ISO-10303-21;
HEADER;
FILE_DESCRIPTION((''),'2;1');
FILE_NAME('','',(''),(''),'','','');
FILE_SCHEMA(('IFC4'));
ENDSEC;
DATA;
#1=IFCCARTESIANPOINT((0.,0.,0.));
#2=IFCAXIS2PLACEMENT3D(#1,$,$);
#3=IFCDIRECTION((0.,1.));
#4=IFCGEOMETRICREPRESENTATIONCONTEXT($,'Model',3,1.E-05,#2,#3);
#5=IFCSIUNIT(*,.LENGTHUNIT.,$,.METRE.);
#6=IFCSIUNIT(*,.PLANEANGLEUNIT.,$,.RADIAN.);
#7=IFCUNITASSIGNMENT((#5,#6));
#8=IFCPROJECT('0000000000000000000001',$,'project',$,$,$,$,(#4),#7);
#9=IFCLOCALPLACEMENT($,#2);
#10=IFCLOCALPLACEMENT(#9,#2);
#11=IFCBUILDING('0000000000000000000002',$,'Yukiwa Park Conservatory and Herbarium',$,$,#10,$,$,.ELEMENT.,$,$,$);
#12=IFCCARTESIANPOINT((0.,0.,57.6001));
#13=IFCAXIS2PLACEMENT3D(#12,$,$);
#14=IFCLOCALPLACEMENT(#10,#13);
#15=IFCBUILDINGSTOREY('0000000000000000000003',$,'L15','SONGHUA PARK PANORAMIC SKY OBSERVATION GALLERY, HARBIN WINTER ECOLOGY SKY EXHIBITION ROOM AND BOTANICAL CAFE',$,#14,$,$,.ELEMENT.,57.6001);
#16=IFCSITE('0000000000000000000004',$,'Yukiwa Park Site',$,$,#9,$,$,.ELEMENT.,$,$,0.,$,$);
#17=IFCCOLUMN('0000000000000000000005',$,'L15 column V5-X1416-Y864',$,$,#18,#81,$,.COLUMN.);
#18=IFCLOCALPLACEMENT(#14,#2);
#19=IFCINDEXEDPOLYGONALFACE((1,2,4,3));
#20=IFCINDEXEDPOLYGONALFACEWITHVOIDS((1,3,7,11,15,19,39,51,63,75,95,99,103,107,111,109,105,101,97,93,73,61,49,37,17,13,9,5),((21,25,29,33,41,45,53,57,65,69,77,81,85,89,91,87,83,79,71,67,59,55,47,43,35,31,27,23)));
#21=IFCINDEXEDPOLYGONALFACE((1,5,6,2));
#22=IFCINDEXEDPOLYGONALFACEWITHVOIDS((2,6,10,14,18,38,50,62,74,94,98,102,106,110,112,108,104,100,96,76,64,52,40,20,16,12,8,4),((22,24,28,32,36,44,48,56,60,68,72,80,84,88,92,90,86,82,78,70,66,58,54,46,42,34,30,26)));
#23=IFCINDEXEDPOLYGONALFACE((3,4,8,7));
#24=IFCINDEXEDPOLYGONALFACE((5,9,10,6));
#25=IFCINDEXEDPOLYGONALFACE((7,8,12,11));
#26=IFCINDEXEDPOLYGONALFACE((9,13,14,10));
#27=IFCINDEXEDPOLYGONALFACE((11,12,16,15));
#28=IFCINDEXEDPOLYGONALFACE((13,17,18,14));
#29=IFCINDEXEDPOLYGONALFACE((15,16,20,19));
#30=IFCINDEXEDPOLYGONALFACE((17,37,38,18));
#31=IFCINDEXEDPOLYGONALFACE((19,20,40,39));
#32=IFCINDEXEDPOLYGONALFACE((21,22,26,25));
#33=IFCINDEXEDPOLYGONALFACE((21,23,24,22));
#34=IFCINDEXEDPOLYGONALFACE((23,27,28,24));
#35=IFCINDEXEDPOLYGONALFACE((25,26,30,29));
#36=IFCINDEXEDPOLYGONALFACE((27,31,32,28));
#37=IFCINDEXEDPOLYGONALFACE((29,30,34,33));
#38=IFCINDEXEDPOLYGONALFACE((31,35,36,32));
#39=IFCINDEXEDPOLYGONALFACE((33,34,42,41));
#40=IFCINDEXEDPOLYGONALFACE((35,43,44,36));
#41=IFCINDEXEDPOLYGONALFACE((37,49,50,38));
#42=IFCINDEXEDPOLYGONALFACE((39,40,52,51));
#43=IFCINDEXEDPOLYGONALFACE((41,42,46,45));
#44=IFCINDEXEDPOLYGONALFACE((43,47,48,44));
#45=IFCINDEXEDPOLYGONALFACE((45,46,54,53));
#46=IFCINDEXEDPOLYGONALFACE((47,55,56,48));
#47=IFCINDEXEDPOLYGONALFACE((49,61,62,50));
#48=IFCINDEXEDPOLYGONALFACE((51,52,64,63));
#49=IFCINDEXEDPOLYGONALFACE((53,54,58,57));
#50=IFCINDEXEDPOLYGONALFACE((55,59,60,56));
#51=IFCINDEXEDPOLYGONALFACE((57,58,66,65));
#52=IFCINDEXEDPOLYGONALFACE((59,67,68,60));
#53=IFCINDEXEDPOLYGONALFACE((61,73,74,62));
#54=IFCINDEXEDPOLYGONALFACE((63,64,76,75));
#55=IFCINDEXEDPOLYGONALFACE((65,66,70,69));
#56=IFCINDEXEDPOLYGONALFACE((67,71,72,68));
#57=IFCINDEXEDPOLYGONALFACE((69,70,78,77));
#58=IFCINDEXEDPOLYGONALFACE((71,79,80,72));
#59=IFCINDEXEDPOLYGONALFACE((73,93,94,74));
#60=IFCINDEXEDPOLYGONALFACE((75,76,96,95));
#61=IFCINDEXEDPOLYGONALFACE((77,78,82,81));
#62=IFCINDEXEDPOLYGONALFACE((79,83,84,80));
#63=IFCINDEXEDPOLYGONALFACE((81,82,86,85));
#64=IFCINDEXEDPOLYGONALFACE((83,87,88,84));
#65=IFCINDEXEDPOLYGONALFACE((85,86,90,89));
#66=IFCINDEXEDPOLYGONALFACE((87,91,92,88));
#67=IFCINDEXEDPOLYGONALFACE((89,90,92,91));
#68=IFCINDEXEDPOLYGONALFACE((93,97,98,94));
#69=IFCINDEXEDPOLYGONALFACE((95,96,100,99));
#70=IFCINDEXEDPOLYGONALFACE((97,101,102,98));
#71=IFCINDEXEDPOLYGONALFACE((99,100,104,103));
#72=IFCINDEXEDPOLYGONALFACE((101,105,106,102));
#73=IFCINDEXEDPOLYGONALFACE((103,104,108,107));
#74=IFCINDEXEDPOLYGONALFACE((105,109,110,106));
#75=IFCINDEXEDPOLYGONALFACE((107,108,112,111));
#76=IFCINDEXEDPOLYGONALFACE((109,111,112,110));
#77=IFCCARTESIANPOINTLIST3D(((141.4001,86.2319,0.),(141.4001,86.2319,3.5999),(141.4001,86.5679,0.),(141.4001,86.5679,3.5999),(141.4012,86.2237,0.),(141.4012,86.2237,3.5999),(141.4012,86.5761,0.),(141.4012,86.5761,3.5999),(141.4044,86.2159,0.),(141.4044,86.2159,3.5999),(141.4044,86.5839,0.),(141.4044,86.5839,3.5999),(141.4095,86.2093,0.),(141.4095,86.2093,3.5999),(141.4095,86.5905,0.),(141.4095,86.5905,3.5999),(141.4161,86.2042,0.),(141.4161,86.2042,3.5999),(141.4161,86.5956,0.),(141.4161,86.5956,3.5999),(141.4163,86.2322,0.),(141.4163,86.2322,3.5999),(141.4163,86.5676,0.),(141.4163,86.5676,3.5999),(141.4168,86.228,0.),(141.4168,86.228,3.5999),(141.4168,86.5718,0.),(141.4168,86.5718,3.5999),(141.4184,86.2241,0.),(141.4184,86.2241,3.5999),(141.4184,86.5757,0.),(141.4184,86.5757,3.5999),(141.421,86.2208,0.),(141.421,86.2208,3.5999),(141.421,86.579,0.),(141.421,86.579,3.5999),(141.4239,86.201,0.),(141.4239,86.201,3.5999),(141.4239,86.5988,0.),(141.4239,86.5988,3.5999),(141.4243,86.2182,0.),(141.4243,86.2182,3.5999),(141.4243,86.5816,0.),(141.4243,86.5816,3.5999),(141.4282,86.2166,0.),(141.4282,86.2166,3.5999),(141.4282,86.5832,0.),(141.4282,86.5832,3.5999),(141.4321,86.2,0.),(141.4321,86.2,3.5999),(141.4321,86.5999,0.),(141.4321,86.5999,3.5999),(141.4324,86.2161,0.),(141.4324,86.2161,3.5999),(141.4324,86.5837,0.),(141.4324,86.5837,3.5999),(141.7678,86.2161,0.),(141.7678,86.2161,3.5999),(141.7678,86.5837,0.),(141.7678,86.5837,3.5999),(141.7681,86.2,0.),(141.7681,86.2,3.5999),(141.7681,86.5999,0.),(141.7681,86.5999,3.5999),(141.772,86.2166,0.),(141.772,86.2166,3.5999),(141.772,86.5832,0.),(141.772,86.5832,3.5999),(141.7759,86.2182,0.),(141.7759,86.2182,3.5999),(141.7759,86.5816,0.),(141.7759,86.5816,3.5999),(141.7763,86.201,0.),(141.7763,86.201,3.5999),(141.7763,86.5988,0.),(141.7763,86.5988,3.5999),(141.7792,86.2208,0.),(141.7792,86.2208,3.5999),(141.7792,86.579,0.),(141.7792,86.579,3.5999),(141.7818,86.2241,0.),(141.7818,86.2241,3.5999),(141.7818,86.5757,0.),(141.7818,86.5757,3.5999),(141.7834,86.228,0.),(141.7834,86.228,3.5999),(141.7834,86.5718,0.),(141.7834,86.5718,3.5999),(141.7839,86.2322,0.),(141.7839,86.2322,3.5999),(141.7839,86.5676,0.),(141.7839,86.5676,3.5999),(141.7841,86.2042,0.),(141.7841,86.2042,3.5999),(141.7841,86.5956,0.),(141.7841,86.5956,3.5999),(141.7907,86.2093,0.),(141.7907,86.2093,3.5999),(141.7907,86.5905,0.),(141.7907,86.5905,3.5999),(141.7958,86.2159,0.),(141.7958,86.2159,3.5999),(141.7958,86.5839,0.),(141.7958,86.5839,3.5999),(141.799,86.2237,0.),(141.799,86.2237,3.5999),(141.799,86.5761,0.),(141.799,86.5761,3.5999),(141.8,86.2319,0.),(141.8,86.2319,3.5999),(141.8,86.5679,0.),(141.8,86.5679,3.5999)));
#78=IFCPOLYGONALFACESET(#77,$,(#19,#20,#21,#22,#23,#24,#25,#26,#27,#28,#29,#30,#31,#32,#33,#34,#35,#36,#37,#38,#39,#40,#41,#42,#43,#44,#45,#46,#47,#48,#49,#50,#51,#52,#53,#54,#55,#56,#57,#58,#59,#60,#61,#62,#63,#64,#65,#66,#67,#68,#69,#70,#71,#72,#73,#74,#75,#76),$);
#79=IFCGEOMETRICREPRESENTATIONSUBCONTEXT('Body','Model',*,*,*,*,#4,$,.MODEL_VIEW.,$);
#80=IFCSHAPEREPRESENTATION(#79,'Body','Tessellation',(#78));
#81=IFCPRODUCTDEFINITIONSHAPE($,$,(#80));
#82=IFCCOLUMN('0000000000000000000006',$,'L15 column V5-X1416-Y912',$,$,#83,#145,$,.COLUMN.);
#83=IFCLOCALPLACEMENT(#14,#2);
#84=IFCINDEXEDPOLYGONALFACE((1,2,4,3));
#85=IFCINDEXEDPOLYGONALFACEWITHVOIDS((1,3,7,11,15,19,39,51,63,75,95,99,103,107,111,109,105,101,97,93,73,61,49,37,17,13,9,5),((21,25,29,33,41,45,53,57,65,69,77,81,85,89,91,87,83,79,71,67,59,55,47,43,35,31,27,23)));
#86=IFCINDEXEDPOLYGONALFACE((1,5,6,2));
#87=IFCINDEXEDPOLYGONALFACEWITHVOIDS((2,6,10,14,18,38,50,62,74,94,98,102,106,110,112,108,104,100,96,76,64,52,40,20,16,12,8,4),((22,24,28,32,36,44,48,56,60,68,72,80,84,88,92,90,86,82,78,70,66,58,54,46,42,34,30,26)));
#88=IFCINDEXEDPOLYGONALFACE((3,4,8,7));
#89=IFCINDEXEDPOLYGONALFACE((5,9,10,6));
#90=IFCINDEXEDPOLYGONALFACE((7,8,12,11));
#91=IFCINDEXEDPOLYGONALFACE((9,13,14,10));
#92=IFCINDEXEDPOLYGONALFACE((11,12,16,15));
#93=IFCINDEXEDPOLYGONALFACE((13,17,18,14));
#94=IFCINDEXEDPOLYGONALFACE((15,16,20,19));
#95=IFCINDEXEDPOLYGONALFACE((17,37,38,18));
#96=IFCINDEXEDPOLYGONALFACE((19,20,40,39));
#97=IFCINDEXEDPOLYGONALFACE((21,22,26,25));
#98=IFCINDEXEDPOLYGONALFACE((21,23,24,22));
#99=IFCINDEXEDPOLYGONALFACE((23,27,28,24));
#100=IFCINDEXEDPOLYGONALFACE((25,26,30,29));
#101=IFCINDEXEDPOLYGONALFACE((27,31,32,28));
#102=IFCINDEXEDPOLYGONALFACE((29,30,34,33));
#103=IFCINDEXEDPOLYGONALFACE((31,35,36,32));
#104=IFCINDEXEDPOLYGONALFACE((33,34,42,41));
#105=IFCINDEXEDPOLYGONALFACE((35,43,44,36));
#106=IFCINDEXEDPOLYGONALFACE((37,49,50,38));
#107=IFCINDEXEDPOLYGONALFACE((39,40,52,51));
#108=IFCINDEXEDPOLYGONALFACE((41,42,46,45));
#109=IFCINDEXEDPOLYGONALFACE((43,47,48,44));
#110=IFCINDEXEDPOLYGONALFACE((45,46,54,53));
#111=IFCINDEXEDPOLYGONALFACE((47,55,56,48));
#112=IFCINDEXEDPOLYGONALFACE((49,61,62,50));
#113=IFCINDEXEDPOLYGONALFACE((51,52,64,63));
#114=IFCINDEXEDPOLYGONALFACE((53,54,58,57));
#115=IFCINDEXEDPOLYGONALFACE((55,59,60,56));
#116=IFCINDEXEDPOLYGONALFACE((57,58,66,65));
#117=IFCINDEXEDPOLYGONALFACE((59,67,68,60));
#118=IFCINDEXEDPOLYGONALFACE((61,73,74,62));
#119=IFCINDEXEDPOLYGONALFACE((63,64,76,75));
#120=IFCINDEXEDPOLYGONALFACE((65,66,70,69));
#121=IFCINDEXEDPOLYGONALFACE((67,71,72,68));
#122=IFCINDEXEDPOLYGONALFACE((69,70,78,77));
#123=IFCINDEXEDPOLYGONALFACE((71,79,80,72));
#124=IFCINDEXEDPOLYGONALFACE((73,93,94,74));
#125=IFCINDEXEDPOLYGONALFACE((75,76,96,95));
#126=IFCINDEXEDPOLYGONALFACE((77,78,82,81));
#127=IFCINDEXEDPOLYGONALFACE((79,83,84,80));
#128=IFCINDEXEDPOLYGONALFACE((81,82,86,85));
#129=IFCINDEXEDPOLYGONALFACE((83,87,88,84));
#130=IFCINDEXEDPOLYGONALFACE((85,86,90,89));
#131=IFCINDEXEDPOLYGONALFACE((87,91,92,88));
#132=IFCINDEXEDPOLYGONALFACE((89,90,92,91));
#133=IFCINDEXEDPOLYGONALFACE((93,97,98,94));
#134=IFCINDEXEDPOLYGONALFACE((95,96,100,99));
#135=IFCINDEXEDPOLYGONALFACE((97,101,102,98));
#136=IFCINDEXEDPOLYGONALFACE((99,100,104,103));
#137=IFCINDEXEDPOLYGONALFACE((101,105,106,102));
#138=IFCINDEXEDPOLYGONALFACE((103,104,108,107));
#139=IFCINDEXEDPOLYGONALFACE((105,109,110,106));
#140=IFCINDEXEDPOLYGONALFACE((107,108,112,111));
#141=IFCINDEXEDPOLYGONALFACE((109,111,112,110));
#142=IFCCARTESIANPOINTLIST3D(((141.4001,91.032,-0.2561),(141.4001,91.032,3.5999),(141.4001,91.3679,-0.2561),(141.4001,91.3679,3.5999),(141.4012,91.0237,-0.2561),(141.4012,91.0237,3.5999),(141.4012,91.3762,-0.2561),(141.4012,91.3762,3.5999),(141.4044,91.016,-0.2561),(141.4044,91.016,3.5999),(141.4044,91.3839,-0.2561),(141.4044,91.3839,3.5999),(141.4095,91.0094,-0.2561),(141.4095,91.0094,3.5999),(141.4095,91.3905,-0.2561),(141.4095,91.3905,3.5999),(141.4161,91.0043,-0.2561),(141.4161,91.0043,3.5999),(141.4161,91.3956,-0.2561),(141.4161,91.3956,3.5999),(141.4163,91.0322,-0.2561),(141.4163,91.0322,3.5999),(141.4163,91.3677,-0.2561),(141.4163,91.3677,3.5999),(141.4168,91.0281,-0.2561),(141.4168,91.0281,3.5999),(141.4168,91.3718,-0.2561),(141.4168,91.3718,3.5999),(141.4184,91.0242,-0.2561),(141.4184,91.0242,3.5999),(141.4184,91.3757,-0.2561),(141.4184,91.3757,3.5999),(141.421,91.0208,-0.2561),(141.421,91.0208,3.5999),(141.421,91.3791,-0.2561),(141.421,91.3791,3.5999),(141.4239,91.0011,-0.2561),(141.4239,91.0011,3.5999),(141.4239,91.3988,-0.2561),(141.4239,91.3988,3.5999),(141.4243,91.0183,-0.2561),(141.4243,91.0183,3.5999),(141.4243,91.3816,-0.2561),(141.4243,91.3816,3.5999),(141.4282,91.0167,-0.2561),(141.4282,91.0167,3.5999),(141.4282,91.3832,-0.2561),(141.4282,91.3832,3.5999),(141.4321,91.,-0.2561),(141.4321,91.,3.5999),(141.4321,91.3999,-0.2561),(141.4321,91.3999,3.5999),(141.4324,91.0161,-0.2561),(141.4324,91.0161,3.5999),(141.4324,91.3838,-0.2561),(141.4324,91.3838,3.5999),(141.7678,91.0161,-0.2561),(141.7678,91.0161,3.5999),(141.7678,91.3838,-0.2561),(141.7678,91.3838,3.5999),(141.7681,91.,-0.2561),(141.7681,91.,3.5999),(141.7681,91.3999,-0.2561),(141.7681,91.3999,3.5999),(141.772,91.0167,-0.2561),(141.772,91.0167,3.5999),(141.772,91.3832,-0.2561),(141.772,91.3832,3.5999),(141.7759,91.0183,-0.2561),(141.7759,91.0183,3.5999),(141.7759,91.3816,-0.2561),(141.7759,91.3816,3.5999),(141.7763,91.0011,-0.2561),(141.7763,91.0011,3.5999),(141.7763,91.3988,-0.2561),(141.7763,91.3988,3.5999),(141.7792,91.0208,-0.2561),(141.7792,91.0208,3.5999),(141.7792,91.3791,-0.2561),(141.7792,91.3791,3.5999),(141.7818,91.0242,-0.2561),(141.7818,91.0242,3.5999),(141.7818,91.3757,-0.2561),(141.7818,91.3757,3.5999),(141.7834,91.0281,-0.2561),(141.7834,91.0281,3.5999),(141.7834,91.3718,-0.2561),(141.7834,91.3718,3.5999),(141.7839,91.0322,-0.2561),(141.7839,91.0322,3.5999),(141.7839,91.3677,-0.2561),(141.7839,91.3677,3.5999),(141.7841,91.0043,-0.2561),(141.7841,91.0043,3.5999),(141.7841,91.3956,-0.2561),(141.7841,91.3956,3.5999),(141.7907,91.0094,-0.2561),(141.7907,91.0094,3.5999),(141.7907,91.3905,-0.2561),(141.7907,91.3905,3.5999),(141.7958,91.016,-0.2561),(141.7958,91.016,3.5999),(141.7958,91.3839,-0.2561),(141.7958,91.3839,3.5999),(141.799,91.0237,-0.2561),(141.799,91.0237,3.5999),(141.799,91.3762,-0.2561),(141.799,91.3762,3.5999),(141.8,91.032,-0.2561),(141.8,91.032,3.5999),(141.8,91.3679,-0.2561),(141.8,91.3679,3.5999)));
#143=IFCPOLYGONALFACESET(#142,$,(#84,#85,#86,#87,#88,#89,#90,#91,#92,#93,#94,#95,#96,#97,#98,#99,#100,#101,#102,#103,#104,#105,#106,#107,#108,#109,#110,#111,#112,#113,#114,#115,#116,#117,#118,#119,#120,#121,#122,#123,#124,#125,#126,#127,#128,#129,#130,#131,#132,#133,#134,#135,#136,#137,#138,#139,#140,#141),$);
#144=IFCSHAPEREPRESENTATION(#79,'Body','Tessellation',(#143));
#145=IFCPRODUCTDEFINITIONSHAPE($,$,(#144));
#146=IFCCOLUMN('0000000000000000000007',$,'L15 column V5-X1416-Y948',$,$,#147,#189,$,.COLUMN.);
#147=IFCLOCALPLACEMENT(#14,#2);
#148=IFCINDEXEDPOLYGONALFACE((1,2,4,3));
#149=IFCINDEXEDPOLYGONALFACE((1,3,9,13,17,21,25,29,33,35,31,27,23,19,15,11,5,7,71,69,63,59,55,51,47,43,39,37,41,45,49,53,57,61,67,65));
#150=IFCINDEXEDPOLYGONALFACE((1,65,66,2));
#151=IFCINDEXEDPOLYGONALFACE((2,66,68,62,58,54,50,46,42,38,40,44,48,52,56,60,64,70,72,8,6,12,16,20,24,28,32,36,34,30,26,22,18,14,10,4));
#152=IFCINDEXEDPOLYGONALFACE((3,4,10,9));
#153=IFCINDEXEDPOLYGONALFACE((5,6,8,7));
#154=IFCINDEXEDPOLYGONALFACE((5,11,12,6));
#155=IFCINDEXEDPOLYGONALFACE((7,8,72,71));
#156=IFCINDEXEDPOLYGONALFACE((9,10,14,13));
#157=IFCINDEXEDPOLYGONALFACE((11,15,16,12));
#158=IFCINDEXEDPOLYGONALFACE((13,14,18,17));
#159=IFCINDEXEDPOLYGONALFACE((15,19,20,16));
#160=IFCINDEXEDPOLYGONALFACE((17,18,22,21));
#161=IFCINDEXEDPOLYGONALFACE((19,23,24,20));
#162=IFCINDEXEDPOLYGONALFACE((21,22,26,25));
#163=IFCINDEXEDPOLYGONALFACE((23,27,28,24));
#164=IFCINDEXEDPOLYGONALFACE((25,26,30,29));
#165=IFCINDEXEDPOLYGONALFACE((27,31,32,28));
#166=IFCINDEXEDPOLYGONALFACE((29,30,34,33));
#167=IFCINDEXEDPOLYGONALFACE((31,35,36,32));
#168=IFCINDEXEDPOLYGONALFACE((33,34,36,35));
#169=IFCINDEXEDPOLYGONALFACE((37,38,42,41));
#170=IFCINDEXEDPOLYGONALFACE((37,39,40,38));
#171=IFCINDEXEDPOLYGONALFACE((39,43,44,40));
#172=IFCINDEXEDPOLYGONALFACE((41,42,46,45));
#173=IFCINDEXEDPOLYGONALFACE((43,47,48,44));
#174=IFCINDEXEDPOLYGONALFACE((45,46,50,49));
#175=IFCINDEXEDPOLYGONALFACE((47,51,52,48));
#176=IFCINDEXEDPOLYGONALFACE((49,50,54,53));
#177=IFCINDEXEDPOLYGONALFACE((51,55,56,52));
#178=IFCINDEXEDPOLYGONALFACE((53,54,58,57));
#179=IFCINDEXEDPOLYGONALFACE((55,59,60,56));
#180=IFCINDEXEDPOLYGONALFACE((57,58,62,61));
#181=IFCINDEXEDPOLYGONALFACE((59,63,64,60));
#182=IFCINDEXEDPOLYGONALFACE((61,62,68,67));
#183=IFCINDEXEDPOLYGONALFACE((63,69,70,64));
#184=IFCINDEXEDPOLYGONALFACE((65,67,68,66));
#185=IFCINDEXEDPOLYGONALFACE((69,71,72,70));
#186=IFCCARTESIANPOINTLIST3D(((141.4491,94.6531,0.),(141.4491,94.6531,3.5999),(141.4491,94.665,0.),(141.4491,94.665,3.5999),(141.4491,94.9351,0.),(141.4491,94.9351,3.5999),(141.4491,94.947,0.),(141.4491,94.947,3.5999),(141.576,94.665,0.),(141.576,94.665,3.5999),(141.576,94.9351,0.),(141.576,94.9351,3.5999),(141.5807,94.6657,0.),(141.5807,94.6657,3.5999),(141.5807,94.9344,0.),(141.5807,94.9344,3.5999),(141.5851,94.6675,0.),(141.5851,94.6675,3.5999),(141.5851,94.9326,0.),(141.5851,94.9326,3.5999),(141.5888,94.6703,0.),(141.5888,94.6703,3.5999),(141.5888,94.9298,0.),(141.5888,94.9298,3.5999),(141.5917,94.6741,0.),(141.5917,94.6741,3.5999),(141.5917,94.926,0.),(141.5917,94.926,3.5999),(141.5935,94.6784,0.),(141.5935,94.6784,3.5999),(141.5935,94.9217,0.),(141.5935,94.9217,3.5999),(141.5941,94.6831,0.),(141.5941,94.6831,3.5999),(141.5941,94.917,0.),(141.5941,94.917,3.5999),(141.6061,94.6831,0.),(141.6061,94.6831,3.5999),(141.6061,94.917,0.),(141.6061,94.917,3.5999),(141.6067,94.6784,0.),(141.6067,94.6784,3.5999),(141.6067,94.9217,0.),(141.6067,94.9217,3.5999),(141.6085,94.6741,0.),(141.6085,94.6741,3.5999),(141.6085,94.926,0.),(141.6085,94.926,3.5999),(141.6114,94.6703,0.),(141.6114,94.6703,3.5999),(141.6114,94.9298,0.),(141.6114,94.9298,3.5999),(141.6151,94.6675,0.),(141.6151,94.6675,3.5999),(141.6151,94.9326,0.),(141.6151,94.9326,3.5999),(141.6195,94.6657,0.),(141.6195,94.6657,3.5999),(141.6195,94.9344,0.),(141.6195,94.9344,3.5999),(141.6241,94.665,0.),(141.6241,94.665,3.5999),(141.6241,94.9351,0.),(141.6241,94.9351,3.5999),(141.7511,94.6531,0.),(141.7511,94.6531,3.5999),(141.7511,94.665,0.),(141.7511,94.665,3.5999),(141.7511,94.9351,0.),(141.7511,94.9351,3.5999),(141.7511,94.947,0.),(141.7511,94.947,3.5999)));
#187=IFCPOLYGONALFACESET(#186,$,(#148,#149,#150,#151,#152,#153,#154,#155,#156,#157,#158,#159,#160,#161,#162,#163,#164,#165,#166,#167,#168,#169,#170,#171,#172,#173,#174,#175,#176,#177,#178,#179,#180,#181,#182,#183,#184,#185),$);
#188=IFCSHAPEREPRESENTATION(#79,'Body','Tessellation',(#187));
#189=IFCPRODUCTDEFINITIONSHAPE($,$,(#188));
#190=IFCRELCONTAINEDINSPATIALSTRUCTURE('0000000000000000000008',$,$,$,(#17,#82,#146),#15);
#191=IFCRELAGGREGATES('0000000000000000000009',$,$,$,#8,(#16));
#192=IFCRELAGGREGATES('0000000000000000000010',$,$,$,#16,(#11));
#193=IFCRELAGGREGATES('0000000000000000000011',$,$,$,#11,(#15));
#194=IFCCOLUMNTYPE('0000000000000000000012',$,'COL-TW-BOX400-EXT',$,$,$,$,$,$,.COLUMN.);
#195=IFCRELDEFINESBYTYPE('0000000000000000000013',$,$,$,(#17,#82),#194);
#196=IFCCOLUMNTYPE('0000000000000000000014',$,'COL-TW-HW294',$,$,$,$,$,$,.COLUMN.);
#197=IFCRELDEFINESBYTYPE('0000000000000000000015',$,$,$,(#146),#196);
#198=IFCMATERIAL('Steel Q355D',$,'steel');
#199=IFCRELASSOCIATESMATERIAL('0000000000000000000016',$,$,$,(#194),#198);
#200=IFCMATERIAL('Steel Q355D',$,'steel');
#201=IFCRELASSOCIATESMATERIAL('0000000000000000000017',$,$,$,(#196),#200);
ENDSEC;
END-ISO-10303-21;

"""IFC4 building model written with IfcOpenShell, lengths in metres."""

from ifc_helpers import new_model, si_unit, direction, frame, origin, origin_2d, place, context, subcontext, project, spatial, hollow_rectangle, i_section, extrude, material, material_profile, profile_set, type_object, element, save


model = new_model("IFC4")

# Units and contexts
model_context = context("Model", 3, precision=1e-05, world=origin(), true_north=direction((0.0, 1.0)))
body_context = subcontext(model_context, "Body", "Model", "MODEL_VIEW")
ifc_project = project(units=[si_unit("LENGTHUNIT", "METRE"), si_unit("PLANEANGLEUNIT", "RADIAN")], contexts=[model_context])

# Site, building, storey
site_placement = place(None, origin())
site = spatial("IfcSite", under=ifc_project, at=site_placement, Name="Yukiwa Park Site", CompositionType="ELEMENT", RefElevation=0.0)
building_placement = place(site_placement, origin())
building = spatial("IfcBuilding", under=site, at=building_placement, Name="Yukiwa Park Conservatory and Herbarium", CompositionType="ELEMENT")
storey_placement = place(building_placement, frame((0.0, 0.0, 57.6001)))
storey = spatial("IfcBuildingStorey", under=building, at=storey_placement, Name="L15", Description="SONGHUA PARK PANORAMIC SKY OBSERVATION GALLERY, HARBIN WINTER ECOLOGY SKY EXHIBITION ROOM AND BOTANICAL CAFE", CompositionType="ELEMENT", Elevation=57.6001)

# Columns
ifc_material_1 = material(Name="Steel Q355D", Category="steel")
ifc_material_profile_1 = material_profile(ifc_material_1, hollow_rectangle(XDim=0.3999, YDim=0.3999, WallThickness=0.0161, InnerFilletRadius=0.0161, OuterFilletRadius=0.032, at=origin_2d()), Name="BOX 400x400x16")
ifc_profile_set_1 = profile_set([ifc_material_profile_1], Name="Steel Q355D")
column_type_1 = type_object("IfcColumnType", Name="COL-TW-BOX400-EXT", PredefinedType="COLUMN", material=ifc_profile_set_1)
column_1_placement = place(storey_placement, frame((141.6001, 86.3999, 0.0), z_axis=(0.0, 0.0, 1.0), x_axis=(1.0, 0.0, 0.0)))
element("IfcColumn", 1, at=column_1_placement, inside=storey, type_object=column_type_1, Name="L15 column V5-X1416-Y864", PredefinedType="COLUMN", context=body_context, shape_type="SweptSolid", body=[
    extrude(hollow_rectangle(XDim=0.3999, YDim=0.3999, WallThickness=0.0161, InnerFilletRadius=0.0161, OuterFilletRadius=0.032, at=origin_2d()), origin(), (0.0, 0.0, 1.0), 3.5999),
])
column_2_placement = place(storey_placement, frame((141.6001, 91.2, -0.2561), z_axis=(0.0, 0.0, 1.0), x_axis=(1.0, 0.0, 0.0)))
element("IfcColumn", 2, at=column_2_placement, inside=storey, type_object=column_type_1, Name="L15 column V5-X1416-Y912", PredefinedType="COLUMN", context=body_context, shape_type="SweptSolid", body=[
    extrude(hollow_rectangle(XDim=0.3999, YDim=0.3999, WallThickness=0.0161, InnerFilletRadius=0.0161, OuterFilletRadius=0.032, at=origin_2d()), origin(), (0.0, 0.0, 1.0), 3.856),
])
ifc_material_2 = material(Name="Steel Q355D", Category="steel")
ifc_material_profile_2 = material_profile(ifc_material_2, i_section(OverallWidth=0.302, OverallDepth=0.2939, WebThickness=0.012, FlangeThickness=0.012, FilletRadius=0.0181, at=origin_2d()), Name="HW 294x302x12x12")
ifc_profile_set_2 = profile_set([ifc_material_profile_2], Name="Steel Q355D")
column_type_2 = type_object("IfcColumnType", Name="COL-TW-HW294", PredefinedType="COLUMN", material=ifc_profile_set_2)
column_3_placement = place(storey_placement, frame((141.6001, 94.8, 0.0), z_axis=(0.0, 0.0, 1.0), x_axis=(1.0, 0.0, 0.0)))
element("IfcColumn", 3, at=column_3_placement, inside=storey, type_object=column_type_2, Name="L15 column V5-X1416-Y948", PredefinedType="COLUMN", context=body_context, shape_type="SweptSolid", body=[
    extrude(i_section(OverallWidth=0.302, OverallDepth=0.2939, WebThickness=0.012, FlangeThickness=0.012, FilletRadius=0.0181, at=origin_2d()), origin(), (0.0, 0.0, 1.0), 3.5999),
])

save(model, "model.ifc")
